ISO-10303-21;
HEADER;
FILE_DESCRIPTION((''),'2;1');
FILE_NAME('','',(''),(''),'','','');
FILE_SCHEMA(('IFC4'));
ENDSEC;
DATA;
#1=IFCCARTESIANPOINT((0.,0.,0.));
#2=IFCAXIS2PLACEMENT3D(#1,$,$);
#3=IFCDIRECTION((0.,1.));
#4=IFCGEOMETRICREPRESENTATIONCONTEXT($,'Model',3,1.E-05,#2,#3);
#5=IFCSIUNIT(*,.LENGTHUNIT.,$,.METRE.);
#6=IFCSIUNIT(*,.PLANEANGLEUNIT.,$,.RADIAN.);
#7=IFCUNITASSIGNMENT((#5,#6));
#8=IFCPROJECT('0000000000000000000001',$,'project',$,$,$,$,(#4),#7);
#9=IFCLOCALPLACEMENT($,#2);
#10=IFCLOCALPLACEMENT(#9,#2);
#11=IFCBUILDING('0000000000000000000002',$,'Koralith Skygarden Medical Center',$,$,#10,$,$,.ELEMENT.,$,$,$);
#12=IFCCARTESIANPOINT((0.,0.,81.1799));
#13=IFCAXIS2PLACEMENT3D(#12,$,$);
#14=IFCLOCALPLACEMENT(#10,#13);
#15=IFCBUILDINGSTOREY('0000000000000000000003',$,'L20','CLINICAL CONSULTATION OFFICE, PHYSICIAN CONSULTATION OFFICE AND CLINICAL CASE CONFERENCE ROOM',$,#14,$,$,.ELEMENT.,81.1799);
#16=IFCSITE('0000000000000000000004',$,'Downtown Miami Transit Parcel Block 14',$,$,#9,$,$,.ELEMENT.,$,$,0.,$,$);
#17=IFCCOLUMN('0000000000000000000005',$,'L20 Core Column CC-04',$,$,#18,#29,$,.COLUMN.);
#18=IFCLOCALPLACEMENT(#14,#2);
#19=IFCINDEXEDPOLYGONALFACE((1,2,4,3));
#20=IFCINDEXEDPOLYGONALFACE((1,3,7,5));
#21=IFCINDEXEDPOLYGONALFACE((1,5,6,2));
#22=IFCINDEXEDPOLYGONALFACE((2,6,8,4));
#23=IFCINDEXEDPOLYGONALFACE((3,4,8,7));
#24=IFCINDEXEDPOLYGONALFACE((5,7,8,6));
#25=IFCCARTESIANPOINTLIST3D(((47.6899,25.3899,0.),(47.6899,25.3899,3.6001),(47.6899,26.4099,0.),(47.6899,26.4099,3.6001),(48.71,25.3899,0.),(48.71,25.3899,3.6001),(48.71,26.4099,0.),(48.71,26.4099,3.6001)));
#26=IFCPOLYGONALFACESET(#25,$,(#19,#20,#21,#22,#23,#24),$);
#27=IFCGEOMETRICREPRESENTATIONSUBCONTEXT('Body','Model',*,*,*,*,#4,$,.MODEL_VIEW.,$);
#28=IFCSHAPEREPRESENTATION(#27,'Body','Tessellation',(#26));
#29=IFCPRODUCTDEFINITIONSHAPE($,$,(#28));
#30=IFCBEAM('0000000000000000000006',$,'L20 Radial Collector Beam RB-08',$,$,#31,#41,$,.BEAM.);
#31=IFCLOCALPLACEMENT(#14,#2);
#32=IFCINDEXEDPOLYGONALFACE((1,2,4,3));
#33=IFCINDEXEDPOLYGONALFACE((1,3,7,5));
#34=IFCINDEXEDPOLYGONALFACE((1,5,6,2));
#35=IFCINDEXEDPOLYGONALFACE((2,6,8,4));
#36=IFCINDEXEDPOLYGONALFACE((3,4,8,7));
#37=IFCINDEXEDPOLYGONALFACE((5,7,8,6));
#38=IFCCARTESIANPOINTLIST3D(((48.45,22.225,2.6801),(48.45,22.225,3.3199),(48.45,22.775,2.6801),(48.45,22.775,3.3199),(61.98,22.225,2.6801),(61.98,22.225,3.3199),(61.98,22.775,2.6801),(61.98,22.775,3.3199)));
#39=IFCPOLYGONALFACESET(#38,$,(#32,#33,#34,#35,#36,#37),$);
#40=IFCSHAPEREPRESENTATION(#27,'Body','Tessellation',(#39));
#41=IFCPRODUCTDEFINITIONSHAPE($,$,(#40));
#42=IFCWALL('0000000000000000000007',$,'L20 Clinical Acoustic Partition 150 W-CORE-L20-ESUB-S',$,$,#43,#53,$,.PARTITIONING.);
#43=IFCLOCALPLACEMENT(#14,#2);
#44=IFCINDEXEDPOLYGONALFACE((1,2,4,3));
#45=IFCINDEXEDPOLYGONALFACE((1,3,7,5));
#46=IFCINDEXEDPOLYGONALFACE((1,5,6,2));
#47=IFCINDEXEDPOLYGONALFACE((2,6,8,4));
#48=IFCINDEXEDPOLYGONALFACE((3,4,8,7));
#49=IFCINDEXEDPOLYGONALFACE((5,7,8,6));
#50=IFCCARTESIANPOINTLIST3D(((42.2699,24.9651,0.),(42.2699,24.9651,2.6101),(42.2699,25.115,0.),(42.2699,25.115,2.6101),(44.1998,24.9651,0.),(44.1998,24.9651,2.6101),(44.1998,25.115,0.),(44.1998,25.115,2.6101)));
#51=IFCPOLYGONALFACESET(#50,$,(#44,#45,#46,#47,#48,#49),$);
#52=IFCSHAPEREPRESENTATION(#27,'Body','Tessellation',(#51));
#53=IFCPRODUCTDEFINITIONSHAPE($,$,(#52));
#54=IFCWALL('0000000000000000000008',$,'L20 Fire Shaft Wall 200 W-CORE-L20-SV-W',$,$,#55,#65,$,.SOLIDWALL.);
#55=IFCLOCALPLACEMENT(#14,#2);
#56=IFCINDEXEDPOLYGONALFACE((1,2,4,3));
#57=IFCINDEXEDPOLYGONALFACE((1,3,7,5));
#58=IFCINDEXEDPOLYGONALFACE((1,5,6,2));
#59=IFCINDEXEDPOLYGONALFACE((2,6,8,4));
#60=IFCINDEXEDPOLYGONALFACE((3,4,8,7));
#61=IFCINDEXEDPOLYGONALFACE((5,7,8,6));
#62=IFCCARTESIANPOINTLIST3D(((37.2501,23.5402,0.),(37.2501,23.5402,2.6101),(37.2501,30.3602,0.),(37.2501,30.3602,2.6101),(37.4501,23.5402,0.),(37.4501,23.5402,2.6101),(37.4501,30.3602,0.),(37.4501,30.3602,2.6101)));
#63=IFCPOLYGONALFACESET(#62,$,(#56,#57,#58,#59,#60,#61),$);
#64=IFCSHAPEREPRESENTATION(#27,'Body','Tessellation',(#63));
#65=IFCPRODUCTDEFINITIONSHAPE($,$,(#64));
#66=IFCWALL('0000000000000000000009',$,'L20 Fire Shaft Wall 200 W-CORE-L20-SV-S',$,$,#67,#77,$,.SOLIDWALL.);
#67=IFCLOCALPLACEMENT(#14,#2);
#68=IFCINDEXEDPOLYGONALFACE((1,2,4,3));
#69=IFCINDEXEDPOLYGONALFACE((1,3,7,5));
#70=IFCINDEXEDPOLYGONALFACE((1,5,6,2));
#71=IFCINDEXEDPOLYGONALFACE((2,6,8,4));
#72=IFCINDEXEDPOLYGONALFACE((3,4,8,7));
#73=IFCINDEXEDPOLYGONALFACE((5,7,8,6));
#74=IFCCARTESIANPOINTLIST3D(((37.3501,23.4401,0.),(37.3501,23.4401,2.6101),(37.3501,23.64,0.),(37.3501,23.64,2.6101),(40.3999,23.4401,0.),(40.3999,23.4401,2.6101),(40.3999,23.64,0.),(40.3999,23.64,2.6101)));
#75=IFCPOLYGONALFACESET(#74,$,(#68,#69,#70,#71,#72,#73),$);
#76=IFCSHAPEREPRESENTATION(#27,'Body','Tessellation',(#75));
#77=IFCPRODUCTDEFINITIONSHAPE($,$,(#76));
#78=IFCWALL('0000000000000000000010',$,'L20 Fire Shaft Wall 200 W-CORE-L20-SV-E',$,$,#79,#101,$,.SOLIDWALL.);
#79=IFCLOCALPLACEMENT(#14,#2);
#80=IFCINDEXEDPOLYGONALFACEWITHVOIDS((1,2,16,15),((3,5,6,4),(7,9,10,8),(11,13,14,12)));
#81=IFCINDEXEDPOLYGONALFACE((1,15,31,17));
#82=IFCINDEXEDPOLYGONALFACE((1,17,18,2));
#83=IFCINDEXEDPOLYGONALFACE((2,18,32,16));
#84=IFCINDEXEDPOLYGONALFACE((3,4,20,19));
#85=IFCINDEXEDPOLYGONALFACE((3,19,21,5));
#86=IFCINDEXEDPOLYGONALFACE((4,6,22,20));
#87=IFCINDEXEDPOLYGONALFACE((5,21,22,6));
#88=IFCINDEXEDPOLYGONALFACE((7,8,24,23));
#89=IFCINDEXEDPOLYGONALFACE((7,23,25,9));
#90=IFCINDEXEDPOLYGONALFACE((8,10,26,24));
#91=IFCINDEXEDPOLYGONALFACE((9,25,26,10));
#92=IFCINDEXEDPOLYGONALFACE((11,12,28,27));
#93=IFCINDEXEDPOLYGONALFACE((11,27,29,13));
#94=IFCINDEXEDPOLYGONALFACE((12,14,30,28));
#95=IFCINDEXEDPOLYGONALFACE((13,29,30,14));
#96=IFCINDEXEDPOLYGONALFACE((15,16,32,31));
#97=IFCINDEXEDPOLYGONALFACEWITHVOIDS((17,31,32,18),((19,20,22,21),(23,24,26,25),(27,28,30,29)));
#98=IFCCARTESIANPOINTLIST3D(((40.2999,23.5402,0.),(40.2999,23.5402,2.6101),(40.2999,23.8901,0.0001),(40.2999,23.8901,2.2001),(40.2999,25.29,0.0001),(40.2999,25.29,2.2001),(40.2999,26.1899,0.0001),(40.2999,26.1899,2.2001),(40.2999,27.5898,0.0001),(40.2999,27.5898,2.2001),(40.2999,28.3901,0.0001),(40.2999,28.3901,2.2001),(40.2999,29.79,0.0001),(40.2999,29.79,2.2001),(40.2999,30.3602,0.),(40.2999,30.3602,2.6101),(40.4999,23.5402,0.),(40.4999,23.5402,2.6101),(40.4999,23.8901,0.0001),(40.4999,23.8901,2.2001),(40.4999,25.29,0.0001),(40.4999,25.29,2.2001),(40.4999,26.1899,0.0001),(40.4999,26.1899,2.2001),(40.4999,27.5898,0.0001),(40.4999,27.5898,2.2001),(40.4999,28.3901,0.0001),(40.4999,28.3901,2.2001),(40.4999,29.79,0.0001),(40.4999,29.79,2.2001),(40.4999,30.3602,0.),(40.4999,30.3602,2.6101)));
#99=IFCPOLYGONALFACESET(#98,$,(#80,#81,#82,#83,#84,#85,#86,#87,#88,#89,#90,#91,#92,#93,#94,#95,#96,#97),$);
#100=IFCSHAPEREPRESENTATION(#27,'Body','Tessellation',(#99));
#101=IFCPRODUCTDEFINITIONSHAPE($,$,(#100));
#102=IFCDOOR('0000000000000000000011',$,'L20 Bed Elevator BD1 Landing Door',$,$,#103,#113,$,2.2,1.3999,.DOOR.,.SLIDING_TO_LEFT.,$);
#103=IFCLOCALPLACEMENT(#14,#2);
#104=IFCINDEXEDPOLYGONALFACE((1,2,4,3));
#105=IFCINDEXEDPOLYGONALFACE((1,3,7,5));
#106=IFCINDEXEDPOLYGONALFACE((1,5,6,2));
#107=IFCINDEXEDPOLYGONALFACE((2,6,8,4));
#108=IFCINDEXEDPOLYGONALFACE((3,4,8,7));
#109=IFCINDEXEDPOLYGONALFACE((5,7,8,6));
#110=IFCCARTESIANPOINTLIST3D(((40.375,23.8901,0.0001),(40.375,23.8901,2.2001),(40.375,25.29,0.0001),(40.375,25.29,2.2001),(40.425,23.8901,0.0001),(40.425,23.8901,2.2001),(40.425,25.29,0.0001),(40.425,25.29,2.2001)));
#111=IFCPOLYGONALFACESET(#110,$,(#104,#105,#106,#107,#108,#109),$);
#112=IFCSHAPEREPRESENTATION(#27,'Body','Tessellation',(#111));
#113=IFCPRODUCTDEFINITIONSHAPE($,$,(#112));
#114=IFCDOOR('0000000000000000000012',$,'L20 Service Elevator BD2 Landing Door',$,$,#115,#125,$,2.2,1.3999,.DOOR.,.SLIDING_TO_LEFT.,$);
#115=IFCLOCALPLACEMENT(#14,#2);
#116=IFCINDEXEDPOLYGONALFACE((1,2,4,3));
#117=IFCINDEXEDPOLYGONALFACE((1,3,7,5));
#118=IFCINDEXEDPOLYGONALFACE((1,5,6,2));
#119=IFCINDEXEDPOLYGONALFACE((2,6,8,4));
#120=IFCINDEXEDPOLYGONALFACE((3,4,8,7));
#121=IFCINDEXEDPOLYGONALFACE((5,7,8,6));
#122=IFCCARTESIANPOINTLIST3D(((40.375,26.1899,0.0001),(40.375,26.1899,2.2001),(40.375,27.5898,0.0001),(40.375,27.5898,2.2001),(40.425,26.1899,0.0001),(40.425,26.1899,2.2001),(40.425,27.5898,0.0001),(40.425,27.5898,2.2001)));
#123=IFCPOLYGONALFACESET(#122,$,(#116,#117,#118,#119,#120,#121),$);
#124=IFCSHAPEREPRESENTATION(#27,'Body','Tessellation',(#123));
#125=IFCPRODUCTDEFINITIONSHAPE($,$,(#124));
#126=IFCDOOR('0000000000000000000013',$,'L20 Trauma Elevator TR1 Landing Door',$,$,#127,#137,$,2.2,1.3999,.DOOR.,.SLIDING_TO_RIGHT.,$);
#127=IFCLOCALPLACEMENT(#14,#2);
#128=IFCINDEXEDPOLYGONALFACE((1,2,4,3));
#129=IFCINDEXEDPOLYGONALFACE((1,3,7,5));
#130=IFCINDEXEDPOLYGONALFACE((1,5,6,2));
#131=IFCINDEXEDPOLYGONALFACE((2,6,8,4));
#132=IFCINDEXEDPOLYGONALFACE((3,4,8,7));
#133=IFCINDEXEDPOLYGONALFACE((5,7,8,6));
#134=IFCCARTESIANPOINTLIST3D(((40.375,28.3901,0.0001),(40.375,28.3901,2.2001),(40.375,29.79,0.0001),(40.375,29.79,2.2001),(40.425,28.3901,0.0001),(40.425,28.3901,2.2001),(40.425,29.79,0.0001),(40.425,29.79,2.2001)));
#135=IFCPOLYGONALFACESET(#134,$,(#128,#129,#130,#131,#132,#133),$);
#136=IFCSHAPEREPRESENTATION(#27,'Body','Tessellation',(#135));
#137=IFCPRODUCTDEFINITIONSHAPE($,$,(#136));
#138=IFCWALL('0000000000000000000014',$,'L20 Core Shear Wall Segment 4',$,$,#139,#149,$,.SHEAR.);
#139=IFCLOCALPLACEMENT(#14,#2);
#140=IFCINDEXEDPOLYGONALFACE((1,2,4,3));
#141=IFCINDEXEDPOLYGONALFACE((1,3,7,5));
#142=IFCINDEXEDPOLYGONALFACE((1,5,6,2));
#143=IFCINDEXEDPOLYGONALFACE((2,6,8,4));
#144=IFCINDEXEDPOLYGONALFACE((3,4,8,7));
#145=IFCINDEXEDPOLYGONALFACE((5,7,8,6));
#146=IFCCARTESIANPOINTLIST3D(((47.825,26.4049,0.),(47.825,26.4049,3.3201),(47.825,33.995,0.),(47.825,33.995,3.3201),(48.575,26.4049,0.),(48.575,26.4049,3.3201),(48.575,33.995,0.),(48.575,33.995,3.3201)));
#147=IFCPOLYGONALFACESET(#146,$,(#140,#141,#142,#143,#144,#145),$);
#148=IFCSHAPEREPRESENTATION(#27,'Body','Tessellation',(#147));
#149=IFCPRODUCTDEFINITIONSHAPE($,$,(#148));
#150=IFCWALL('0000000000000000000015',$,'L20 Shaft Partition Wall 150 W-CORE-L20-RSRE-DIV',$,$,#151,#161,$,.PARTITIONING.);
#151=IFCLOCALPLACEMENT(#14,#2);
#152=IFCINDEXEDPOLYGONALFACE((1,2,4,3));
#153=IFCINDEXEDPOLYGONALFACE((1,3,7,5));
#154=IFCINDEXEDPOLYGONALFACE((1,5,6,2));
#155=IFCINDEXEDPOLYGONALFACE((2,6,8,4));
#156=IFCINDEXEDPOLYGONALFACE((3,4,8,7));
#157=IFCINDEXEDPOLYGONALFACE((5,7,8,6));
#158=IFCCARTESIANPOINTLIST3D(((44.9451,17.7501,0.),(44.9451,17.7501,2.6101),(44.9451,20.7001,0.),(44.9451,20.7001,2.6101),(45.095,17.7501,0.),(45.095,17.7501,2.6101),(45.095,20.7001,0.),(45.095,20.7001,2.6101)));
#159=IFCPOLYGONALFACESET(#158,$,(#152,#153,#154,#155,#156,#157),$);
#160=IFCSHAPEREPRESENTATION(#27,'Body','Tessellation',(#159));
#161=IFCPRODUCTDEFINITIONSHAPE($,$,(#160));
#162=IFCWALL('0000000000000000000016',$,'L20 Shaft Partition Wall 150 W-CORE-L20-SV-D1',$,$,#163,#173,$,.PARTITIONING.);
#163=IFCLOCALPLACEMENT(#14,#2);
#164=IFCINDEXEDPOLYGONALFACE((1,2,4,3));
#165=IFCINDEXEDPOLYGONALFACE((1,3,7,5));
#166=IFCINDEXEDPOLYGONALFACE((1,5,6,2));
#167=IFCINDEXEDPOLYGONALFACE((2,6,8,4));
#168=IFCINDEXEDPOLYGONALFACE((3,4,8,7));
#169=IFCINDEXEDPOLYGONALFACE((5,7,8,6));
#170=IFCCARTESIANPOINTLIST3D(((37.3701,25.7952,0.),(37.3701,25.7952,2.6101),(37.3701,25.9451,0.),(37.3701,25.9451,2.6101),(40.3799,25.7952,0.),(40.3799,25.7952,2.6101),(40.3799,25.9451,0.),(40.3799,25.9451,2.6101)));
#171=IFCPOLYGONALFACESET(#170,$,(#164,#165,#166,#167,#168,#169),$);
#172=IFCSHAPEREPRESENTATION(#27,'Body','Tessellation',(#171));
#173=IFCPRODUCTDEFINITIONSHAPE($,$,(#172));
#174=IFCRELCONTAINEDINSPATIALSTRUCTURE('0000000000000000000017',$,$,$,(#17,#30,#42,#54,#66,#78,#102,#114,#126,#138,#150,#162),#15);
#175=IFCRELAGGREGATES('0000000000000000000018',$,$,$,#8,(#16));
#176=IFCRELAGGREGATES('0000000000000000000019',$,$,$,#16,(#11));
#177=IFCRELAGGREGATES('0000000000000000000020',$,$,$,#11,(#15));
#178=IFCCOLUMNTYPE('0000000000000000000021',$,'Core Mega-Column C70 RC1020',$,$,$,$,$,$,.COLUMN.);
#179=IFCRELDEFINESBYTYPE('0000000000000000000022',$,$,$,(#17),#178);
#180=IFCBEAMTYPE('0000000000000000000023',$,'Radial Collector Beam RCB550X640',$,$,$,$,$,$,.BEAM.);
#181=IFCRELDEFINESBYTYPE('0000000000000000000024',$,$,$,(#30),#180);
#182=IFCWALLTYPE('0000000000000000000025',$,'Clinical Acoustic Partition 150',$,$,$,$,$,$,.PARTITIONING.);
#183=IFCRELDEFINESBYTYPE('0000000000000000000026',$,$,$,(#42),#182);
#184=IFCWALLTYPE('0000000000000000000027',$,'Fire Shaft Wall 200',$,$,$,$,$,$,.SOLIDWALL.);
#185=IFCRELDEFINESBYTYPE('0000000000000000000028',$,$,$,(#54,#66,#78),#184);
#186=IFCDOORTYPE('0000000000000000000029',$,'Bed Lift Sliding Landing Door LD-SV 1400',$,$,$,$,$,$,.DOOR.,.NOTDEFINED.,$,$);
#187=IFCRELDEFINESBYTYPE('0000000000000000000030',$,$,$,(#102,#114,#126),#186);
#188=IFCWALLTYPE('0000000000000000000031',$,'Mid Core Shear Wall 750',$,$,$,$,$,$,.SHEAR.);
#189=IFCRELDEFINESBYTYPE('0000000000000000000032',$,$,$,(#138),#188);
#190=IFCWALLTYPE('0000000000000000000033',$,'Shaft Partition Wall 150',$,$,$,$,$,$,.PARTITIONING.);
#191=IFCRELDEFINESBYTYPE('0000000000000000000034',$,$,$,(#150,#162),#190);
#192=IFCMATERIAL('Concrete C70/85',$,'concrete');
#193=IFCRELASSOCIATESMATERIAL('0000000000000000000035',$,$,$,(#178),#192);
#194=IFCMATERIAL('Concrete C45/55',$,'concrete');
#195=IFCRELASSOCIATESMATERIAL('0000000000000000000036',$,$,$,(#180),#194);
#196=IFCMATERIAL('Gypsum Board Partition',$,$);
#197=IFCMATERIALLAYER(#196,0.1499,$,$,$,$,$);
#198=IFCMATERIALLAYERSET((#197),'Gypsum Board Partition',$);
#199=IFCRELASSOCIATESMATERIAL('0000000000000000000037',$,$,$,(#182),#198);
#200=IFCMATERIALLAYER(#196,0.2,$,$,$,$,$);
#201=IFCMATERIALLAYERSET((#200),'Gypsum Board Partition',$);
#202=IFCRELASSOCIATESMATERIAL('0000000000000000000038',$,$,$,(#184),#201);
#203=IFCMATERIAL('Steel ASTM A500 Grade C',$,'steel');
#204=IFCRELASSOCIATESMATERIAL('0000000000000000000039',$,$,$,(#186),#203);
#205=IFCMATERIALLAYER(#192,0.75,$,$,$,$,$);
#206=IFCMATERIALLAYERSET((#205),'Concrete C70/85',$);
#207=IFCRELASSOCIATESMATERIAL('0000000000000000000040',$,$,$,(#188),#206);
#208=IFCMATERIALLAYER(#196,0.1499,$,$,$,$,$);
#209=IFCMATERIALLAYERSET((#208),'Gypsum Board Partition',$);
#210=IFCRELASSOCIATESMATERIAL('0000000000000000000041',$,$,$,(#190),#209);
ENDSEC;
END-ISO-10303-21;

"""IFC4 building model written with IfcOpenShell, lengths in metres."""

from ifc_helpers import new_model, si_unit, direction, frame, frame_2d, origin, origin_2d, place, context, subcontext, project, spatial, rectangle, extrude, material, layer, layer_set, material_profile, profile_set, type_object, element, fill, save


model = new_model("IFC4")

# Units and contexts
model_context = context("Model", 3, precision=1e-05, world=origin(), true_north=direction((0.0, 1.0)))
body_context = subcontext(model_context, "Body", "Model", "MODEL_VIEW")
ifc_project = project(units=[si_unit("LENGTHUNIT", "METRE"), si_unit("PLANEANGLEUNIT", "RADIAN")], contexts=[model_context])

# Site, building, storey
site_placement = place(None, origin())
site = spatial("IfcSite", under=ifc_project, at=site_placement, Name="Downtown Miami Transit Parcel Block 14", CompositionType="ELEMENT", RefElevation=0.0)
building_placement = place(site_placement, origin())
building = spatial("IfcBuilding", under=site, at=building_placement, Name="Koralith Skygarden Medical Center", CompositionType="ELEMENT")
storey_placement = place(building_placement, frame((0.0, 0.0, 81.1799)))
storey = spatial("IfcBuildingStorey", under=building, at=storey_placement, Name="L20", Description="CLINICAL CONSULTATION OFFICE, PHYSICIAN CONSULTATION OFFICE AND CLINICAL CASE CONFERENCE ROOM", CompositionType="ELEMENT", Elevation=81.1799)

# Column
ifc_material_1 = material(Name="Concrete C70/85", Category="concrete")
ifc_material_profile_1 = material_profile(ifc_material_1, rectangle(XDim=1.02, YDim=1.02, at=origin_2d()), Name="RC1020X1020")
ifc_profile_set_1 = profile_set([ifc_material_profile_1], Name="Concrete C70/85")
column_type = type_object("IfcColumnType", Name="Core Mega-Column C70 RC1020", PredefinedType="COLUMN", material=ifc_profile_set_1)
column_placement = place(storey_placement, frame((48.2, 25.8999, 0.0), z_axis=(0.0, 0.0, 1.0), x_axis=(1.0, 0.0, 0.0)))
element("IfcColumn", 1, at=column_placement, inside=storey, type_object=column_type, Name="L20 Core Column CC-04", PredefinedType="COLUMN", context=body_context, shape_type="SweptSolid", body=[
    extrude(rectangle(XDim=1.02, YDim=1.02, at=origin_2d()), origin(), (0.0, 0.0, 1.0), 3.6001),
])

# Beam
ifc_material_2 = material(Name="Concrete C45/55", Category="concrete")
ifc_material_profile_2 = material_profile(ifc_material_2, rectangle(XDim=0.55, YDim=0.6399, at=origin_2d()), Name="RCB550X640")
ifc_profile_set_2 = profile_set([ifc_material_profile_2], Name="Concrete C45/55")
beam_type = type_object("IfcBeamType", Name="Radial Collector Beam RCB550X640", PredefinedType="BEAM", material=ifc_profile_set_2)
beam_placement = place(storey_placement, frame((48.45, 22.5, 3.0), z_axis=(1.0, 0.0, 0.0), x_axis=(0.0, 1.0, 0.0)))
element("IfcBeam", 2, at=beam_placement, inside=storey, type_object=beam_type, Name="L20 Radial Collector Beam RB-08", PredefinedType="BEAM", context=body_context, shape_type="SweptSolid", body=[
    extrude(rectangle(XDim=0.55, YDim=0.6399, at=origin_2d()), origin(), (0.0, 0.0, 1.0), 13.53),
])

# Shared definitions
ifc_material_3 = material(Name="Gypsum Board Partition")
ifc_layer_1 = layer(ifc_material_3, 0.1499)
ifc_layer_set_1 = layer_set([ifc_layer_1], Name="Gypsum Board Partition")
wall_type_1 = type_object("IfcWallType", Name="Clinical Acoustic Partition 150", PredefinedType="PARTITIONING", material=ifc_layer_set_1)

# Wall
wall_1_placement = place(storey_placement, frame((42.27, 25.04, 0.0), z_axis=(0.0, 0.0, 1.0), x_axis=(1.0, 0.0, 0.0)))
element("IfcWall", 3, at=wall_1_placement, inside=storey, type_object=wall_type_1, Name="L20 Clinical Acoustic Partition 150 W-CORE-L20-ESUB-S", PredefinedType="PARTITIONING", context=body_context, shape_type="SweptSolid", body=[
    extrude(rectangle(XDim=1.9299, YDim=0.1499, at=frame_2d((0.9648, 0.0))), origin(), (0.0, 0.0, 1.0), 2.6101),
])

# Shared definitions
ifc_layer_2 = layer(ifc_material_3, 0.2)
ifc_layer_set_2 = layer_set([ifc_layer_2], Name="Gypsum Board Partition")
wall_type_2 = type_object("IfcWallType", Name="Fire Shaft Wall 200", PredefinedType="SOLIDWALL", material=ifc_layer_set_2)
ifc_material_4 = material(Name="Steel ASTM A500 Grade C", Category="steel")

# Walls
wall_2_placement = place(storey_placement, frame((37.3501, 23.54, 0.0), z_axis=(0.0, 0.0, 1.0), x_axis=(0.0, 1.0, 0.0)))
element("IfcWall", 4, at=wall_2_placement, inside=storey, type_object=wall_type_2, Name="L20 Fire Shaft Wall 200 W-CORE-L20-SV-W", PredefinedType="SOLIDWALL", context=body_context, shape_type="SweptSolid", body=[
    extrude(rectangle(XDim=6.8201, YDim=0.2, at=frame_2d((3.4102, 0.0))), origin(), (0.0, 0.0, 1.0), 2.6101),
])
wall_3_placement = place(storey_placement, frame((37.3501, 23.54, 0.0), z_axis=(0.0, 0.0, 1.0), x_axis=(1.0, 0.0, 0.0)))
element("IfcWall", 5, at=wall_3_placement, inside=storey, type_object=wall_type_2, Name="L20 Fire Shaft Wall 200 W-CORE-L20-SV-S", PredefinedType="SOLIDWALL", context=body_context, shape_type="SweptSolid", body=[
    extrude(rectangle(XDim=3.0498, YDim=0.2, at=frame_2d((1.5249, 0.0))), origin(), (0.0, 0.0, 1.0), 2.6101),
])

# Wall, openings, doors
wall_4_placement = place(storey_placement, frame((40.3999, 23.54, 0.0), z_axis=(0.0, 0.0, 1.0), x_axis=(0.0, 1.0, 0.0)))
wall_4 = element("IfcWall", 6, at=wall_4_placement, inside=storey, type_object=wall_type_2, Name="L20 Fire Shaft Wall 200 W-CORE-L20-SV-E", PredefinedType="SOLIDWALL", context=body_context, shape_type="SweptSolid", body=[
    extrude(rectangle(XDim=6.8201, YDim=0.2, at=frame_2d((3.4102, 0.0))), origin(), (0.0, 0.0, 1.0), 2.6101),
])
opening_1_placement = place(wall_4_placement, frame((0.3501, 0.0, 0.0)))
opening_1 = element("IfcOpeningElement", 7, at=opening_1_placement, cuts=wall_4, PredefinedType="OPENING", context=body_context, shape_type="SweptSolid", body=[
    extrude(rectangle(XDim=1.3999, YDim=2.2, at=frame_2d((0.7, 1.1001))), frame((0.0, 0.1099, 0.0), z_axis=(0.0, -1.0, 0.0), x_axis=(1.0, 0.0, 0.0)), (0.0, 0.0, 1.0), 0.22),
])
opening_2_placement = place(wall_4_placement, frame((2.6499, 0.0, 0.0)))
opening_2 = element("IfcOpeningElement", 8, at=opening_2_placement, cuts=wall_4, PredefinedType="OPENING", context=body_context, shape_type="SweptSolid", body=[
    extrude(rectangle(XDim=1.3999, YDim=2.2, at=frame_2d((0.7, 1.1001))), frame((0.0, 0.1099, 0.0), z_axis=(0.0, -1.0, 0.0), x_axis=(1.0, 0.0, 0.0)), (0.0, 0.0, 1.0), 0.22),
])
opening_3_placement = place(wall_4_placement, frame((4.8501, 0.0, 0.0)))
opening_3 = element("IfcOpeningElement", 9, at=opening_3_placement, cuts=wall_4, PredefinedType="OPENING", context=body_context, shape_type="SweptSolid", body=[
    extrude(rectangle(XDim=1.3999, YDim=2.2, at=frame_2d((0.7, 1.1001))), frame((0.0, 0.1099, 0.0), z_axis=(0.0, -1.0, 0.0), x_axis=(1.0, 0.0, 0.0)), (0.0, 0.0, 1.0), 0.22),
])
door_type_1 = type_object("IfcDoorType", Name="Bed Lift Sliding Landing Door LD-SV 1400", OperationType="NOTDEFINED", PredefinedType="DOOR", material=ifc_material_4)
door_1_placement = place(opening_1_placement, origin())
door_1 = element("IfcDoor", 10, at=door_1_placement, inside=storey, type_object=door_type_1, Name="L20 Bed Elevator BD1 Landing Door", OperationType="SLIDING_TO_LEFT", OverallHeight=2.2, OverallWidth=1.3999, PredefinedType="DOOR", context=body_context, shape_type="SweptSolid", body=[
    extrude(rectangle(XDim=1.3999, YDim=2.2, at=frame_2d((0.7, 1.1001))), frame((0.0, 0.0249, 0.0), z_axis=(0.0, -1.0, 0.0), x_axis=(1.0, 0.0, 0.0)), (0.0, 0.0, 1.0), 0.05),
])
fill(opening_1, door_1)
door_2_placement = place(opening_2_placement, origin())
door_2 = element("IfcDoor", 11, at=door_2_placement, inside=storey, type_object=door_type_1, Name="L20 Service Elevator BD2 Landing Door", OperationType="SLIDING_TO_LEFT", OverallHeight=2.2, OverallWidth=1.3999, PredefinedType="DOOR", context=body_context, shape_type="SweptSolid", body=[
    extrude(rectangle(XDim=1.3999, YDim=2.2, at=frame_2d((0.7, 1.1001))), frame((0.0, 0.0249, 0.0), z_axis=(0.0, -1.0, 0.0), x_axis=(1.0, 0.0, 0.0)), (0.0, 0.0, 1.0), 0.05),
])
fill(opening_2, door_2)
door_3_placement = place(opening_3_placement, origin())
door_3 = element("IfcDoor", 12, at=door_3_placement, inside=storey, type_object=door_type_1, Name="L20 Trauma Elevator TR1 Landing Door", OperationType="SLIDING_TO_RIGHT", OverallHeight=2.2, OverallWidth=1.3999, PredefinedType="DOOR", context=body_context, shape_type="SweptSolid", body=[
    extrude(rectangle(XDim=1.3999, YDim=2.2, at=frame_2d((0.7, 1.1001))), frame((0.0, 0.0249, 0.0), z_axis=(0.0, -1.0, 0.0), x_axis=(1.0, 0.0, 0.0)), (0.0, 0.0, 1.0), 0.05),
])
fill(opening_3, door_3)

# Shared definitions
ifc_layer_3 = layer(ifc_material_1, 0.75)
ifc_layer_set_3 = layer_set([ifc_layer_3], Name="Concrete C70/85")
wall_type_3 = type_object("IfcWallType", Name="Mid Core Shear Wall 750", PredefinedType="SHEAR", material=ifc_layer_set_3)

# Walls
wall_5_placement = place(storey_placement, frame((48.2, 26.405, 0.0), z_axis=(0.0, 0.0, 1.0), x_axis=(0.0, 1.0, 0.0)))
element("IfcWall", 13, at=wall_5_placement, inside=storey, type_object=wall_type_3, Name="L20 Core Shear Wall Segment 4", PredefinedType="SHEAR", context=body_context, shape_type="SweptSolid", body=[
    extrude(rectangle(XDim=7.5901, YDim=0.75, at=frame_2d((3.7949, 0.0))), origin(), (0.0, 0.0, 1.0), 3.3201),
])
ifc_layer_4 = layer(ifc_material_3, 0.1499)
ifc_layer_set_4 = layer_set([ifc_layer_4], Name="Gypsum Board Partition")
wall_type_4 = type_object("IfcWallType", Name="Shaft Partition Wall 150", PredefinedType="PARTITIONING", material=ifc_layer_set_4)
wall_6_placement = place(storey_placement, frame((45.02, 17.75, 0.0), z_axis=(0.0, 0.0, 1.0), x_axis=(0.0, 1.0, 0.0)))
element("IfcWall", 14, at=wall_6_placement, inside=storey, type_object=wall_type_4, Name="L20 Shaft Partition Wall 150 W-CORE-L20-RSRE-DIV", PredefinedType="PARTITIONING", context=body_context, shape_type="SweptSolid", body=[
    extrude(rectangle(XDim=2.95, YDim=0.1499, at=frame_2d((1.4751, 0.0))), origin(), (0.0, 0.0, 1.0), 2.6101),
])
wall_7_placement = place(storey_placement, frame((37.3701, 25.8701, 0.0), z_axis=(0.0, 0.0, 1.0), x_axis=(1.0, 0.0, 0.0)))
element("IfcWall", 15, at=wall_7_placement, inside=storey, type_object=wall_type_4, Name="L20 Shaft Partition Wall 150 W-CORE-L20-SV-D1", PredefinedType="PARTITIONING", context=body_context, shape_type="SweptSolid", body=[
    extrude(rectangle(XDim=3.0098, YDim=0.1499, at=frame_2d((1.5049, 0.0))), origin(), (0.0, 0.0, 1.0), 2.6101),
])

save(model, "model.ifc")
